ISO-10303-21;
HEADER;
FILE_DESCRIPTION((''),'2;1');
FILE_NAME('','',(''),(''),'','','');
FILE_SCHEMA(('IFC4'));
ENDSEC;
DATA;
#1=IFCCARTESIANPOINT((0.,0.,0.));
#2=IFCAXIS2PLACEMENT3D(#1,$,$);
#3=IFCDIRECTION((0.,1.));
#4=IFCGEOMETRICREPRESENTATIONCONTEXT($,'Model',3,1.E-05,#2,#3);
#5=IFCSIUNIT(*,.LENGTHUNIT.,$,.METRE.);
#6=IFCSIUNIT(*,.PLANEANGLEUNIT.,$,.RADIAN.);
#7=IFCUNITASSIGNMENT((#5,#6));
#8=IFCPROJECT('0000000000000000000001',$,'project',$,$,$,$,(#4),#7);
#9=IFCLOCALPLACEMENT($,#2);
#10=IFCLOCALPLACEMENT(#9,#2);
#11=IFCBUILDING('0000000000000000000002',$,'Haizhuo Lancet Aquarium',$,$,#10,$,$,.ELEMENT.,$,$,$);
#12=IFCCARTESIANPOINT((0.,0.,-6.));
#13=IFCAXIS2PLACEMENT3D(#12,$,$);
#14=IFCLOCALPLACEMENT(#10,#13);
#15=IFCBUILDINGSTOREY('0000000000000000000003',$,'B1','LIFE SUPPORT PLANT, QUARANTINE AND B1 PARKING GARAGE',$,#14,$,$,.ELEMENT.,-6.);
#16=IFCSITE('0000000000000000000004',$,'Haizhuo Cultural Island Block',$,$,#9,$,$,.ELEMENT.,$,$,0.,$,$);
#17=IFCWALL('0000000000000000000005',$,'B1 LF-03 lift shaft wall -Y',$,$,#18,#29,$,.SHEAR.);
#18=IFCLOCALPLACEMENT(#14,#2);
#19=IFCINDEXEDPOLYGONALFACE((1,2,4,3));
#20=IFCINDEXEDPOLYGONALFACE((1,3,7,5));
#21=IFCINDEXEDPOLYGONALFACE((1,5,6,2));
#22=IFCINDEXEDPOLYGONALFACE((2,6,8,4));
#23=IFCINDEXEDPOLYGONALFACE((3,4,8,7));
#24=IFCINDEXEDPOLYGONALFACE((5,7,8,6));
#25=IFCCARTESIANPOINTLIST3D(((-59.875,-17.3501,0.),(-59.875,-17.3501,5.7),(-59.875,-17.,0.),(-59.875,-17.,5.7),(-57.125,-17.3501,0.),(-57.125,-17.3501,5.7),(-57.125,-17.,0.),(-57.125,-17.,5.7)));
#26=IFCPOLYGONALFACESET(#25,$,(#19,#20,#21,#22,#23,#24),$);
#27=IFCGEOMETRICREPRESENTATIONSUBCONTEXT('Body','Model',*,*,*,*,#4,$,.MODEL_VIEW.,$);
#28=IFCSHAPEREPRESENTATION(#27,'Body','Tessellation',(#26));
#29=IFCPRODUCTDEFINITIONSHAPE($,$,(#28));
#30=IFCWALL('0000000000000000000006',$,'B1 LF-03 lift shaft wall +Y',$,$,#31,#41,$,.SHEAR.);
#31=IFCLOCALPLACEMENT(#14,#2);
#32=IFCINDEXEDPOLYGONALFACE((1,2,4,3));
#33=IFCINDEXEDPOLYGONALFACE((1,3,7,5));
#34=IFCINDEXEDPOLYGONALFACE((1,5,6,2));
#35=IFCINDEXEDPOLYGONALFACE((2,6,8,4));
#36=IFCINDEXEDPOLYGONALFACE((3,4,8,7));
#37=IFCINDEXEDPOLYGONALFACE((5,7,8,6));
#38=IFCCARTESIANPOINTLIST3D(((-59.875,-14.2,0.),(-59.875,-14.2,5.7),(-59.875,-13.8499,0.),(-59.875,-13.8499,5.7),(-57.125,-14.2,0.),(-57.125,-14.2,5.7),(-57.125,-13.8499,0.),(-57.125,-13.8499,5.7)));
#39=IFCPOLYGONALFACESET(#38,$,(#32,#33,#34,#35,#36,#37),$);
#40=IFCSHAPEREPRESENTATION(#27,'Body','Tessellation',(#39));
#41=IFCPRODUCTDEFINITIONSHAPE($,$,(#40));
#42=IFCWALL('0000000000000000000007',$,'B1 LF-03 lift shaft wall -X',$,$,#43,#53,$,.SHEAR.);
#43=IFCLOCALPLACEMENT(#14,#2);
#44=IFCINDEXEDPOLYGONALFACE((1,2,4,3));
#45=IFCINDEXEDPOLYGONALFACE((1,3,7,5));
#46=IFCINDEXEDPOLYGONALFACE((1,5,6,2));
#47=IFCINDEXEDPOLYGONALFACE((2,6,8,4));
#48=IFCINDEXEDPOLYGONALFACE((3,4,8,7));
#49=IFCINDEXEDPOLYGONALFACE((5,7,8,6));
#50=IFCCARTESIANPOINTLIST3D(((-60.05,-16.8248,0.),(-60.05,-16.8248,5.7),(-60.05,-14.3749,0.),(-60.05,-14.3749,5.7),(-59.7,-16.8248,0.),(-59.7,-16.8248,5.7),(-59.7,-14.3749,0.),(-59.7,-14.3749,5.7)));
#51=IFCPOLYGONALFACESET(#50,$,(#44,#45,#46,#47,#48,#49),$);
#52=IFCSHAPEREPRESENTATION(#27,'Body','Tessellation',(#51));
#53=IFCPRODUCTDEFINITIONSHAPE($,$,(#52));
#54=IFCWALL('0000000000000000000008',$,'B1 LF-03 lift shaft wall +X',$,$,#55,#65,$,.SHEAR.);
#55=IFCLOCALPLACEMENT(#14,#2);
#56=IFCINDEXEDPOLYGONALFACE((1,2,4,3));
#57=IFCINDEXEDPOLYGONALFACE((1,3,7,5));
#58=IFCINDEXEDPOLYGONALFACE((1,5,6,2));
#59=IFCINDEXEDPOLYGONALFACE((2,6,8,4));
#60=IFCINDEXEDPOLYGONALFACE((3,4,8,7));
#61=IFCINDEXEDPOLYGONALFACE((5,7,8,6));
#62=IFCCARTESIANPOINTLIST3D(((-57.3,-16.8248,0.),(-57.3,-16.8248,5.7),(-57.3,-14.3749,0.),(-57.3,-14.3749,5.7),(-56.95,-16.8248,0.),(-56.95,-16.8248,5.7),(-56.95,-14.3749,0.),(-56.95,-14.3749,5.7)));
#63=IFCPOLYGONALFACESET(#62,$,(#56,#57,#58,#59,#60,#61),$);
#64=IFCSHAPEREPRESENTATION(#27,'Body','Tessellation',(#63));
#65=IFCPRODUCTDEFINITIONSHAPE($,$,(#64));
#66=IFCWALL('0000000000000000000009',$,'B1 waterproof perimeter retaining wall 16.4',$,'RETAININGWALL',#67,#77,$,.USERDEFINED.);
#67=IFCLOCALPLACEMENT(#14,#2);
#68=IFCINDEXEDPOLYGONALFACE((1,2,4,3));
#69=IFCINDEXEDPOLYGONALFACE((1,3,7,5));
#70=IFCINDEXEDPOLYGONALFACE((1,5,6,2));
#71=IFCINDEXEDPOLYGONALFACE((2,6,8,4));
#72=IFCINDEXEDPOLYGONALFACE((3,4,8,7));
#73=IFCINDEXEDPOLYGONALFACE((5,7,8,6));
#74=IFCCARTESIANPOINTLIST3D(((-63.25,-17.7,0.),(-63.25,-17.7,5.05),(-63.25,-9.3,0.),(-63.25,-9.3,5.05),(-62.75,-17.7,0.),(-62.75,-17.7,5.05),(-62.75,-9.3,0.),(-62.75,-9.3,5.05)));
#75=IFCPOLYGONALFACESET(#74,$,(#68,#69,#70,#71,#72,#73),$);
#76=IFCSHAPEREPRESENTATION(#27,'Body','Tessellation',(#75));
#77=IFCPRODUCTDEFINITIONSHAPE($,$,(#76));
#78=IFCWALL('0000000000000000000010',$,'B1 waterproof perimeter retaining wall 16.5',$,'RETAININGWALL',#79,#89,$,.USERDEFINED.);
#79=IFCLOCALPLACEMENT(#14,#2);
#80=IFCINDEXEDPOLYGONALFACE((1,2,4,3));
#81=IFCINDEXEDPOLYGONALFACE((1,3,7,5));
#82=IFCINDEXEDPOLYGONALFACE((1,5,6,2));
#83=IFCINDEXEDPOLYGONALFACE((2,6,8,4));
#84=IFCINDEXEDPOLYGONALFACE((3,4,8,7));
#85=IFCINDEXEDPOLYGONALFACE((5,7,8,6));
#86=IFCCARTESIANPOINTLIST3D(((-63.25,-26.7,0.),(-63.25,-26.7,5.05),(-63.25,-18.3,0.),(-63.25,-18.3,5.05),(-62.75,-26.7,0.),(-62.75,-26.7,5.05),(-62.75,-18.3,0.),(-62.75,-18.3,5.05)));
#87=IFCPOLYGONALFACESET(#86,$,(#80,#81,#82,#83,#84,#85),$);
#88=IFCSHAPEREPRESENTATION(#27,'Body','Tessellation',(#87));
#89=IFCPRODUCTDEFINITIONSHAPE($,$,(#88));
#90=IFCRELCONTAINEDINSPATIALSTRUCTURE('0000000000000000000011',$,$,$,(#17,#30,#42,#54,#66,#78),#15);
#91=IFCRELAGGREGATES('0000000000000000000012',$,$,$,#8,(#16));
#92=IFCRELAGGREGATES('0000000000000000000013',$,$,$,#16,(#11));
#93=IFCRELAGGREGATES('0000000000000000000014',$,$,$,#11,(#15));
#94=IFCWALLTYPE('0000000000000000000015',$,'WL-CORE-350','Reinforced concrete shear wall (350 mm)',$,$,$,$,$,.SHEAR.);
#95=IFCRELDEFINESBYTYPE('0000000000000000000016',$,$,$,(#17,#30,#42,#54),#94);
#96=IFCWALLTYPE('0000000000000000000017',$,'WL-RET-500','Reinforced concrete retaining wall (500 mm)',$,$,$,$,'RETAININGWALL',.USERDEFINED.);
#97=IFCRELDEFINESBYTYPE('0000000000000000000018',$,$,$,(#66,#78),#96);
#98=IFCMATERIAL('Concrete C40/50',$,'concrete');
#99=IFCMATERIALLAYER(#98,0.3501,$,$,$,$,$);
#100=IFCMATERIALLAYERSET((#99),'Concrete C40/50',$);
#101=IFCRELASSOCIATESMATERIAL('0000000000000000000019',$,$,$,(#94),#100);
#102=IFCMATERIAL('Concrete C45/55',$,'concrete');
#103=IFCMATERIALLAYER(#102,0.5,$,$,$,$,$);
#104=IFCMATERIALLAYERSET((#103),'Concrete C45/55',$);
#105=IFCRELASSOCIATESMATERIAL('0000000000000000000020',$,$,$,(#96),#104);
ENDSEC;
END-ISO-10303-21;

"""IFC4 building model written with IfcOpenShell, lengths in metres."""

from ifc_helpers import new_model, si_unit, direction, frame, frame_2d, origin, place, context, subcontext, project, spatial, rectangle, extrude, material, layer, layer_set, type_object, element, save


model = new_model("IFC4")

# Units and contexts
model_context = context("Model", 3, precision=1e-05, world=origin(), true_north=direction((0.0, 1.0)))
body_context = subcontext(model_context, "Body", "Model", "MODEL_VIEW")
ifc_project = project(units=[si_unit("LENGTHUNIT", "METRE"), si_unit("PLANEANGLEUNIT", "RADIAN")], contexts=[model_context])

# Site, building, storey
site_placement = place(None, origin())
site = spatial("IfcSite", under=ifc_project, at=site_placement, Name="Haizhuo Cultural Island Block", CompositionType="ELEMENT", RefElevation=0.0)
building_placement = place(site_placement, origin())
building = spatial("IfcBuilding", under=site, at=building_placement, Name="Haizhuo Lancet Aquarium", CompositionType="ELEMENT")
storey_placement = place(building_placement, frame((0.0, 0.0, -6.0)))
storey = spatial("IfcBuildingStorey", under=building, at=storey_placement, Name="B1", Description="LIFE SUPPORT PLANT, QUARANTINE AND B1 PARKING GARAGE", CompositionType="ELEMENT", Elevation=-6.0)

# Shared definitions
ifc_material_1 = material(Name="Concrete C40/50", Category="concrete")

# Walls
ifc_layer_1 = layer(ifc_material_1, 0.3501)
ifc_layer_set_1 = layer_set([ifc_layer_1], Name="Concrete C40/50")
wall_type_1 = type_object("IfcWallType", Name="WL-CORE-350", Description="Reinforced concrete shear wall (350 mm)", PredefinedType="SHEAR", material=ifc_layer_set_1)
for number, where, z_axis, x_axis, name in (
    (1, (-59.875, -17.175, 0.0), (0.0, 0.0, 1.0), (1.0, 0.0, 0.0), "B1 LF-03 lift shaft wall -Y"),
    (2, (-57.125, -14.0249, 0.0), (0.0, 0.0, 1.0), (-1.0, 0.0, 0.0), "B1 LF-03 lift shaft wall +Y"),
):
    element("IfcWall", number, at=place(storey_placement, frame(where, z_axis=z_axis, x_axis=x_axis)), inside=storey, type_object=wall_type_1, Name=name, PredefinedType="SHEAR", context=body_context, shape_type="SweptSolid", body=[
        extrude(rectangle(XDim=2.75, YDim=0.3501, at=frame_2d((1.375, 0.0))), origin(), (0.0, 0.0, 1.0), 5.7),
    ])
for number, where, z_axis, x_axis, name in (
    (3, (-59.875, -16.825, 0.0), (0.0, 0.0, 1.0), (0.0, 1.0, 0.0), "B1 LF-03 lift shaft wall -X"),
    (4, (-57.125, -16.825, 0.0), (0.0, 0.0, 1.0), (0.0, 1.0, 0.0), "B1 LF-03 lift shaft wall +X"),
):
    element("IfcWall", number, at=place(storey_placement, frame(where, z_axis=z_axis, x_axis=x_axis)), inside=storey, type_object=wall_type_1, Name=name, PredefinedType="SHEAR", context=body_context, shape_type="SweptSolid", body=[
        extrude(rectangle(XDim=2.45, YDim=0.3501, at=frame_2d((1.2251, 0.0))), origin(), (0.0, 0.0, 1.0), 5.7),
    ])
ifc_material_2 = material(Name="Concrete C45/55", Category="concrete")
ifc_layer_2 = layer(ifc_material_2, 0.5)
ifc_layer_set_2 = layer_set([ifc_layer_2], Name="Concrete C45/55")
wall_type_2 = type_object("IfcWallType", Name="WL-RET-500", Description="Reinforced concrete retaining wall (500 mm)", ElementType="RETAININGWALL", PredefinedType="USERDEFINED", material=ifc_layer_set_2)
for number, where, z_axis, x_axis, name in (
    (5, (-63.0, -9.3, 0.0), (0.0, 0.0, 1.0), (0.0, -1.0, 0.0), "B1 waterproof perimeter retaining wall 16.4"),
    (6, (-63.0, -18.3, 0.0), (0.0, 0.0, 1.0), (0.0, -1.0, 0.0), "B1 waterproof perimeter retaining wall 16.5"),
):
    element("IfcWall", number, at=place(storey_placement, frame(where, z_axis=z_axis, x_axis=x_axis)), inside=storey, type_object=wall_type_2, Name=name, ObjectType="RETAININGWALL", PredefinedType="USERDEFINED", context=body_context, shape_type="SweptSolid", body=[
        extrude(rectangle(XDim=8.3999, YDim=0.5, at=frame_2d((4.2, 0.0))), origin(), (0.0, 0.0, 1.0), 5.05),
    ])

save(model, "model.ifc")
